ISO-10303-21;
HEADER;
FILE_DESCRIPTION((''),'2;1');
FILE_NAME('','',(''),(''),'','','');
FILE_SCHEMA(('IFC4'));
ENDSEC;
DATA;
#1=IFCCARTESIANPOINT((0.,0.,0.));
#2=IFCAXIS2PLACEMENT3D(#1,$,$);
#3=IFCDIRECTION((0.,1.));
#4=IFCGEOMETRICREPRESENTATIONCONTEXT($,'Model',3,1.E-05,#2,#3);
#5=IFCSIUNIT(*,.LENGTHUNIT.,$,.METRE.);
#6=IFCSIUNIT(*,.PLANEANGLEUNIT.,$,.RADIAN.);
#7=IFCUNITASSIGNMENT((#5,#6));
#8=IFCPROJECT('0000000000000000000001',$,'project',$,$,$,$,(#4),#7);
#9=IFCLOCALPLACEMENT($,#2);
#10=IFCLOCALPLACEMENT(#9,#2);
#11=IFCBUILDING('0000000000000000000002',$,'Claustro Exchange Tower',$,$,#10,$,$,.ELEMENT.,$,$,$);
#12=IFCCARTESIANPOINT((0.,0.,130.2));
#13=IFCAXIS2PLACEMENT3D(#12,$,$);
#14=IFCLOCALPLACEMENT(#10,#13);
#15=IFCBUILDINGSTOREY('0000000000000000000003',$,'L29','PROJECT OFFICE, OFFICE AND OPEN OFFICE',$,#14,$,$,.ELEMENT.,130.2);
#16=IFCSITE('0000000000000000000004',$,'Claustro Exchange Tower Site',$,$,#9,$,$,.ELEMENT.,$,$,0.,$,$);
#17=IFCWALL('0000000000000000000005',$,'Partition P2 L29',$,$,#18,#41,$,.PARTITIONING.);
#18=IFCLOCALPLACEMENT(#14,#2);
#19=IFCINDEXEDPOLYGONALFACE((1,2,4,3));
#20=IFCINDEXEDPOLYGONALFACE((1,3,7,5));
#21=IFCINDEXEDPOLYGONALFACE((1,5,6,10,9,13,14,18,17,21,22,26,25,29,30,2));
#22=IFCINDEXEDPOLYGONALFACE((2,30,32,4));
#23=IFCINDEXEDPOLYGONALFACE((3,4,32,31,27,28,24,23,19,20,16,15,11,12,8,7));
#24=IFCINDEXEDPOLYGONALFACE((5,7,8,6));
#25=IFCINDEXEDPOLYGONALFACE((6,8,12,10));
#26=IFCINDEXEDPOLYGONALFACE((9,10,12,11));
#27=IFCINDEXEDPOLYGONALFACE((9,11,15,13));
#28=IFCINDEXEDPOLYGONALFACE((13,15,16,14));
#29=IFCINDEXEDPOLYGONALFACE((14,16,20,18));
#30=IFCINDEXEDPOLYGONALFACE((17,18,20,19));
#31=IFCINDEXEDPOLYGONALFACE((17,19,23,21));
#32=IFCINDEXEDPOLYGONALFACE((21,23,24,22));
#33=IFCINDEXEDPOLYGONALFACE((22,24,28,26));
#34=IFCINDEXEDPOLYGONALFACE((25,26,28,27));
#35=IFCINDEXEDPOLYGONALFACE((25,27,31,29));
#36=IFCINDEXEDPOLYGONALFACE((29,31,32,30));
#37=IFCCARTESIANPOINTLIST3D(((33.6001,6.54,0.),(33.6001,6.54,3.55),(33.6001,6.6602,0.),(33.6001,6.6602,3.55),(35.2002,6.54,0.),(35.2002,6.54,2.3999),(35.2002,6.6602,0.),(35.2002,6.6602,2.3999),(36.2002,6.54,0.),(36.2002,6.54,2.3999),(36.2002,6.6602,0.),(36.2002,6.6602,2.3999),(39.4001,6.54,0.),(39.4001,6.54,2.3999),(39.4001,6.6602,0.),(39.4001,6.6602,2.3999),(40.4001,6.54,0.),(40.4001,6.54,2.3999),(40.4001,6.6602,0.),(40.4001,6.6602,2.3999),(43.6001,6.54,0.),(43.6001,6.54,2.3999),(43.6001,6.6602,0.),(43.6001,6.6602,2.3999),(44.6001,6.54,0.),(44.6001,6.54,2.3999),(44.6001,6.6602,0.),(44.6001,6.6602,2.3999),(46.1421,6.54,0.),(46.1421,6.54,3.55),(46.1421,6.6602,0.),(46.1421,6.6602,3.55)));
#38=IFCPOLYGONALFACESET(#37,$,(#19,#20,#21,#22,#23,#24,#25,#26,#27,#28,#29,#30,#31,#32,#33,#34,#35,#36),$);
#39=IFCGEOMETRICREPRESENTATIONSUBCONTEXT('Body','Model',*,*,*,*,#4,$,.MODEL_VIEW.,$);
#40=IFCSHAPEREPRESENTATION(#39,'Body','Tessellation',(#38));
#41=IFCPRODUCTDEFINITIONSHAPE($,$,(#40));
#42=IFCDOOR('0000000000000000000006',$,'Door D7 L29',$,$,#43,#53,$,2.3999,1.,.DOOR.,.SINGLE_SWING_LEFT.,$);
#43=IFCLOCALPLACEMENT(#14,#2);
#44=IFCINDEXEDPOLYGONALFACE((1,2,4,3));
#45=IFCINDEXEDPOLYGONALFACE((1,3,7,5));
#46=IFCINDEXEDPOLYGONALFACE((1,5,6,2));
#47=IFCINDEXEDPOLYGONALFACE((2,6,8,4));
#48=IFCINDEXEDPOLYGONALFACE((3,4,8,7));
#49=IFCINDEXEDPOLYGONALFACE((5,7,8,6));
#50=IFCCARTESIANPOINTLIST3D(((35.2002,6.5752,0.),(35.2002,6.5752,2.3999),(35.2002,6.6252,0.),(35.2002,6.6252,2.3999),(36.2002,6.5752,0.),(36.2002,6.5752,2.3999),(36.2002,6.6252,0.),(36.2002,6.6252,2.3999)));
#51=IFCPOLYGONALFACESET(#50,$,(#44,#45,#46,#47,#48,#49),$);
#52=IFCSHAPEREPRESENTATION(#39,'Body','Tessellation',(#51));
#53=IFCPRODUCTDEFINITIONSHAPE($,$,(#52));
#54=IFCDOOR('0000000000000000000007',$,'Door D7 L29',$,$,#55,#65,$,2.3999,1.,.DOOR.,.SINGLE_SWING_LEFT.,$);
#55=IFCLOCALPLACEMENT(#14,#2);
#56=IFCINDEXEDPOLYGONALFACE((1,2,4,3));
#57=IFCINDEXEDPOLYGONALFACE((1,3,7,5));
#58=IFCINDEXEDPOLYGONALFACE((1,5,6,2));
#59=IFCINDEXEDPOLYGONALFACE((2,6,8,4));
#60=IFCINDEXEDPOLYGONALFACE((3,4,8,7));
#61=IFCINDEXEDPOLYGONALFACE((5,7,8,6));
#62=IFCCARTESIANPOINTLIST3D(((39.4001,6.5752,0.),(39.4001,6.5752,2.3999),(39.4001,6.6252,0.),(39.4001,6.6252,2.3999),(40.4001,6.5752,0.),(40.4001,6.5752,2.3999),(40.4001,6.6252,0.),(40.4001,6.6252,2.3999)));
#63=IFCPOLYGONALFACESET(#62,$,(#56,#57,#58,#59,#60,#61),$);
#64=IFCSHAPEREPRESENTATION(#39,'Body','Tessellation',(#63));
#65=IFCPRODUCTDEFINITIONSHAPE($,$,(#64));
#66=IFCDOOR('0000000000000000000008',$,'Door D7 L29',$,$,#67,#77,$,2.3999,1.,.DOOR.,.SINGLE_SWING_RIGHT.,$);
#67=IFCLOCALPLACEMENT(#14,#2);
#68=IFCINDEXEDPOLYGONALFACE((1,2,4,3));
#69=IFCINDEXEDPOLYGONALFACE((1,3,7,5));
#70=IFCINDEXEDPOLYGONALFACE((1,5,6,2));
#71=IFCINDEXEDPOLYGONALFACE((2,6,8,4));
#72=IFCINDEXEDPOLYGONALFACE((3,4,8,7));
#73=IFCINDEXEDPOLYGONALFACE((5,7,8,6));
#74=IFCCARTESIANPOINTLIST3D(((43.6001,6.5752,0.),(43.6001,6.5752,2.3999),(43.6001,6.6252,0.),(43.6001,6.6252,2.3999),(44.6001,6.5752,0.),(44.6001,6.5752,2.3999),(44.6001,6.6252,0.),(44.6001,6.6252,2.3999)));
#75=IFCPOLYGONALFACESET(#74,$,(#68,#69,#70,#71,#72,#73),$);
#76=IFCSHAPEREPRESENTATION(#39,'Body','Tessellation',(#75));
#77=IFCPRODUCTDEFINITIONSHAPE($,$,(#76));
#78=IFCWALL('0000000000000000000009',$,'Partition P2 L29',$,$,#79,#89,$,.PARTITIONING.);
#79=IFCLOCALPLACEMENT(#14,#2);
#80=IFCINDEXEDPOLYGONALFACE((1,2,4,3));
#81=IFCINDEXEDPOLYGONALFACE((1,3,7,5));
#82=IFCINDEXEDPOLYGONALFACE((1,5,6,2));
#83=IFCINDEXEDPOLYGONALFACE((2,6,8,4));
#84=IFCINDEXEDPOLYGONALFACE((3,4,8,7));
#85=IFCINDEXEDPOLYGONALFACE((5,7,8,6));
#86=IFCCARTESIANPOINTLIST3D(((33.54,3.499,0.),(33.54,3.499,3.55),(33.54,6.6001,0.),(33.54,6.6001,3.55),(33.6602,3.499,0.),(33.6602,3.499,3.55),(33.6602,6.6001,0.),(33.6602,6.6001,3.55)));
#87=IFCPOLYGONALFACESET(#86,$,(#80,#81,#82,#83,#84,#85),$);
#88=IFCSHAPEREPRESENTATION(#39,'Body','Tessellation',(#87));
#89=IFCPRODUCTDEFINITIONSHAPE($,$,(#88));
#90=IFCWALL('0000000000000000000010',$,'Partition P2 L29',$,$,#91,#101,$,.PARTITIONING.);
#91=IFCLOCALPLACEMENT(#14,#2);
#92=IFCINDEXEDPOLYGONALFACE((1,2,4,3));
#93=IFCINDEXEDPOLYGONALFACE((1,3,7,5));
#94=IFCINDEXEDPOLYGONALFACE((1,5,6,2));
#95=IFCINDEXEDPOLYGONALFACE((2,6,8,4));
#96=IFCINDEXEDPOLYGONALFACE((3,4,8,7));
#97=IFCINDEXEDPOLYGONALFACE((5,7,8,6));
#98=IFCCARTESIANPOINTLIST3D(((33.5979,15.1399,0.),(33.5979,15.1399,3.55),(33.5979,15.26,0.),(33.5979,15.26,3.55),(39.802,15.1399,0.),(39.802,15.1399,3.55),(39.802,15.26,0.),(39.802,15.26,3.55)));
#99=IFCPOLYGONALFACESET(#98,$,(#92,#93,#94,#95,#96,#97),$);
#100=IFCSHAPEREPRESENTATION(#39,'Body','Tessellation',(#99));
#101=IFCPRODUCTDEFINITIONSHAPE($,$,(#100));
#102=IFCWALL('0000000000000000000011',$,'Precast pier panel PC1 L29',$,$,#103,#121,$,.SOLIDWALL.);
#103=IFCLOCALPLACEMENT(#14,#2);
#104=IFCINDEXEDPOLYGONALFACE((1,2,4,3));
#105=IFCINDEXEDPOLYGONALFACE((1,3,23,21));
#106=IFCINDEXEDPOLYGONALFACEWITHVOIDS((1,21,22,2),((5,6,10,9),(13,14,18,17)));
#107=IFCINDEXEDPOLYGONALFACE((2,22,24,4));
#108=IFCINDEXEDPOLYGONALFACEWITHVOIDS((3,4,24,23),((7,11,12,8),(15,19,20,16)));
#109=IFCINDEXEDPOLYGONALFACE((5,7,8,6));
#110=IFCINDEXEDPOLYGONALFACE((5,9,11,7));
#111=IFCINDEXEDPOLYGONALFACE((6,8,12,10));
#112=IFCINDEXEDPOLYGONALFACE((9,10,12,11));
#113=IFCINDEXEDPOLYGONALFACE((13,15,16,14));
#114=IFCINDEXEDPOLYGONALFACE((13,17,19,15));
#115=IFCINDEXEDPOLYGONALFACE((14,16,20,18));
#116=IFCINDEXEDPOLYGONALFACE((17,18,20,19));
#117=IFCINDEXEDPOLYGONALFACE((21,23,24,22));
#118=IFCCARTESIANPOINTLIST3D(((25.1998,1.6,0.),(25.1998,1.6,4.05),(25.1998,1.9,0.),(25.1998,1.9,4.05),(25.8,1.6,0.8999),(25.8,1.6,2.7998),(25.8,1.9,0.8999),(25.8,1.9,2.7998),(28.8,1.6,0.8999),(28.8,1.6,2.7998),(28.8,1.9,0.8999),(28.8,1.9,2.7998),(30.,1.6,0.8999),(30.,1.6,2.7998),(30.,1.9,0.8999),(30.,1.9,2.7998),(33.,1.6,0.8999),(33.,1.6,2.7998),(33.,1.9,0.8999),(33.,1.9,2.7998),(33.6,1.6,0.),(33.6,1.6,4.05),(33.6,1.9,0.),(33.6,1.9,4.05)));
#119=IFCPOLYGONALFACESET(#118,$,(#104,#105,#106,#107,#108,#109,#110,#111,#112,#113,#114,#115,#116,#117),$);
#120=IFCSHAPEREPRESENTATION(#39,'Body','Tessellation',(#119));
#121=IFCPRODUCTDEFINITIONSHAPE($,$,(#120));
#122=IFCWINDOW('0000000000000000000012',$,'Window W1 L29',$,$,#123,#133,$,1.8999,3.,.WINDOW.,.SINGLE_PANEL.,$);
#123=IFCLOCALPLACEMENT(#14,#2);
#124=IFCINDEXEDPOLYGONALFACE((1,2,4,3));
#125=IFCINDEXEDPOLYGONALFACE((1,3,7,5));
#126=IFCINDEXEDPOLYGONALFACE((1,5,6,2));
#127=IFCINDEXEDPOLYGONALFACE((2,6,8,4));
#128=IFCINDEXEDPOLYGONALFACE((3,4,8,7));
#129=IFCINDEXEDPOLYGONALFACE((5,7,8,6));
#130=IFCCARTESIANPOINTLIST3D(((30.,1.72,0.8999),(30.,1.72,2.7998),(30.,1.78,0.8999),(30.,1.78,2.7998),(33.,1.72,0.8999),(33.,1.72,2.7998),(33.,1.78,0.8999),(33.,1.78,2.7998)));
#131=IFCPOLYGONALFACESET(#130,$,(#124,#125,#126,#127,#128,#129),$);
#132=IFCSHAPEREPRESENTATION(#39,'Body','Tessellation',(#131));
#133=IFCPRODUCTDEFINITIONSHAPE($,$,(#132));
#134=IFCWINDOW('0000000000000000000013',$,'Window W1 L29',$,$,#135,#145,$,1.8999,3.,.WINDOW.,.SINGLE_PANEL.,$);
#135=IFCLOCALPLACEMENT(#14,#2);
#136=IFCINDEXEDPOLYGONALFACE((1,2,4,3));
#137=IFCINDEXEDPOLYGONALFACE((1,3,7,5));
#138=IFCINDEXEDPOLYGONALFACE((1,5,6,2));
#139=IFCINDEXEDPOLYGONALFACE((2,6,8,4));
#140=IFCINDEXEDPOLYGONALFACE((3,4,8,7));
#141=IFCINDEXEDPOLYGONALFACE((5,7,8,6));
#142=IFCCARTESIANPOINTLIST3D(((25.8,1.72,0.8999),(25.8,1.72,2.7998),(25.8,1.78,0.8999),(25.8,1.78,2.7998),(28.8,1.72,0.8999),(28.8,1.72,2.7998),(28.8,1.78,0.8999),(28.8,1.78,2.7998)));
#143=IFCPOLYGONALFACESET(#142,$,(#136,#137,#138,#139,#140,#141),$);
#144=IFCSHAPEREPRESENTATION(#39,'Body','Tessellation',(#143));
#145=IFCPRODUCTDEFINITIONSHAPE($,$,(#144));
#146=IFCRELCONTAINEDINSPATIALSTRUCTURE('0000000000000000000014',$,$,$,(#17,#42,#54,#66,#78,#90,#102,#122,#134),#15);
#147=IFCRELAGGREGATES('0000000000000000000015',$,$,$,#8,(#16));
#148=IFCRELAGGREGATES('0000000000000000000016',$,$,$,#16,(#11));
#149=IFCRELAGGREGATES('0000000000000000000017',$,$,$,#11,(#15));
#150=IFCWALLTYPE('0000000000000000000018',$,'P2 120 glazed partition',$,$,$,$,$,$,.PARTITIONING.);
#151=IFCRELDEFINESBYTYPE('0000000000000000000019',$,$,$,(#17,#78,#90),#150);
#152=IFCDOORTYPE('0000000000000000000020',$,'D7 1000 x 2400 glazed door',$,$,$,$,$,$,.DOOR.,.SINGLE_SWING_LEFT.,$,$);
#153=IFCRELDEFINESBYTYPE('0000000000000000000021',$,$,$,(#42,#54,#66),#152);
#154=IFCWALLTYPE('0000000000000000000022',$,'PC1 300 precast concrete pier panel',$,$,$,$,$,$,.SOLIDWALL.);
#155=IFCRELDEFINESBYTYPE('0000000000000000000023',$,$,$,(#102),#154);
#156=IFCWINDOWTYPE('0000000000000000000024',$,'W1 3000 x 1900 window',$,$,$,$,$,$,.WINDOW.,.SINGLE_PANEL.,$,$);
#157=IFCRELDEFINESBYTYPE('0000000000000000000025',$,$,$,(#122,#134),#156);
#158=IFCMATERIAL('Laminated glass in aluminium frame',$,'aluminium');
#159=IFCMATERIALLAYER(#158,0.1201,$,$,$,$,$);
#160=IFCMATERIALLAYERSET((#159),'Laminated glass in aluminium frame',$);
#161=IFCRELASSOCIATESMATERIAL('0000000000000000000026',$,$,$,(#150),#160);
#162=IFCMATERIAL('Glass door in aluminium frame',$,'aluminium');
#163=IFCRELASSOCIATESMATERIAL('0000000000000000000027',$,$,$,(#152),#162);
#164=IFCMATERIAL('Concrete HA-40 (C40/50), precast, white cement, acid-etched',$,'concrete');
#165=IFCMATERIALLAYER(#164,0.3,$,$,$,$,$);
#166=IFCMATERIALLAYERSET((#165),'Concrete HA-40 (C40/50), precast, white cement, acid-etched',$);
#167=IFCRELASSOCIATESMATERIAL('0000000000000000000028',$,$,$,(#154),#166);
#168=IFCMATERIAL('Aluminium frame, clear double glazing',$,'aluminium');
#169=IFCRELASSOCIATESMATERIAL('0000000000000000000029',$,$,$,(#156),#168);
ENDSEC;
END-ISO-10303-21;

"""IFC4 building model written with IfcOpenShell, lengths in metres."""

from ifc_helpers import new_model, si_unit, direction, frame, frame_2d, origin, place, context, subcontext, project, spatial, rectangle, extrude, material, layer, layer_set, type_object, element, fill, save


model = new_model("IFC4")

# Units and contexts
model_context = context("Model", 3, precision=1e-05, world=origin(), true_north=direction((0.0, 1.0)))
body_context = subcontext(model_context, "Body", "Model", "MODEL_VIEW")
ifc_project = project(units=[si_unit("LENGTHUNIT", "METRE"), si_unit("PLANEANGLEUNIT", "RADIAN")], contexts=[model_context])

# Site, building, storey
site_placement = place(None, origin())
site = spatial("IfcSite", under=ifc_project, at=site_placement, Name="Claustro Exchange Tower Site", CompositionType="ELEMENT", RefElevation=0.0)
building_placement = place(site_placement, origin())
building = spatial("IfcBuilding", under=site, at=building_placement, Name="Claustro Exchange Tower", CompositionType="ELEMENT")
storey_placement = place(building_placement, frame((0.0, 0.0, 130.2)))
storey = spatial("IfcBuildingStorey", under=building, at=storey_placement, Name="L29", Description="PROJECT OFFICE, OFFICE AND OPEN OFFICE", CompositionType="ELEMENT", Elevation=130.2)

# Shared definitions
ifc_material_1 = material(Name="Laminated glass in aluminium frame", Category="aluminium")
ifc_layer_1 = layer(ifc_material_1, 0.1201)
ifc_layer_set_1 = layer_set([ifc_layer_1], Name="Laminated glass in aluminium frame")
wall_type_1 = type_object("IfcWallType", Name="P2 120 glazed partition", PredefinedType="PARTITIONING", material=ifc_layer_set_1)
ifc_material_2 = material(Name="Glass door in aluminium frame", Category="aluminium")
door_type_1 = type_object("IfcDoorType", Name="D7 1000 x 2400 glazed door", OperationType="SINGLE_SWING_LEFT", PredefinedType="DOOR", material=ifc_material_2)

# Wall, openings, doors
wall_1_placement = place(storey_placement, frame((33.6001, 6.6001, 0.0), z_axis=(0.0, 0.0, 1.0), x_axis=(1.0, 0.0, 0.0)))
wall_1 = element("IfcWall", 1, at=wall_1_placement, inside=storey, type_object=wall_type_1, Name="Partition P2 L29", PredefinedType="PARTITIONING", context=body_context, shape_type="SweptSolid", body=[
    extrude(rectangle(XDim=12.542, YDim=0.1201, at=frame_2d((6.271, 0.0))), origin(), (0.0, 0.0, 1.0), 3.55),
])
opening_1_placement = place(wall_1_placement, frame((1.6001, 0.0, 0.0)))
opening_1 = element("IfcOpeningElement", 2, at=opening_1_placement, cuts=wall_1, PredefinedType="OPENING", context=body_context, shape_type="SweptSolid", body=[
    extrude(rectangle(XDim=1.0, YDim=2.3999, at=frame_2d((0.5, 1.2))), frame((0.0, 0.0701, 0.0), z_axis=(0.0, -1.0, 0.0), x_axis=(1.0, 0.0, 0.0)), (0.0, 0.0, 1.0), 0.1401),
])
opening_2_placement = place(wall_1_placement, frame((5.8, 0.0, 0.0)))
opening_2 = element("IfcOpeningElement", 3, at=opening_2_placement, cuts=wall_1, PredefinedType="OPENING", context=body_context, shape_type="SweptSolid", body=[
    extrude(rectangle(XDim=1.0, YDim=2.3999, at=frame_2d((0.5, 1.2))), frame((0.0, 0.0701, 0.0), z_axis=(0.0, -1.0, 0.0), x_axis=(1.0, 0.0, 0.0)), (0.0, 0.0, 1.0), 0.1401),
])
opening_3_placement = place(wall_1_placement, frame((10.0, 0.0, 0.0)))
opening_3 = element("IfcOpeningElement", 4, at=opening_3_placement, cuts=wall_1, PredefinedType="OPENING", context=body_context, shape_type="SweptSolid", body=[
    extrude(rectangle(XDim=1.0, YDim=2.3999, at=frame_2d((0.5, 1.2))), frame((0.0, 0.0701, 0.0), z_axis=(0.0, -1.0, 0.0), x_axis=(1.0, 0.0, 0.0)), (0.0, 0.0, 1.0), 0.1401),
])
door_1_placement = place(opening_1_placement, frame((1.0, 0.0, 0.0), z_axis=(0.0, 0.0, 1.0), x_axis=(-1.0, 0.0, 0.0)))
door_1 = element("IfcDoor", 5, at=door_1_placement, inside=storey, type_object=door_type_1, Name="Door D7 L29", OperationType="SINGLE_SWING_LEFT", OverallHeight=2.3999, OverallWidth=1.0, PredefinedType="DOOR", context=body_context, shape_type="SweptSolid", body=[
    extrude(rectangle(XDim=1.0, YDim=2.3999, at=frame_2d((0.5, 1.2))), frame((0.0, 0.0249, 0.0), z_axis=(0.0, -1.0, 0.0), x_axis=(1.0, 0.0, 0.0)), (0.0, 0.0, 1.0), 0.05),
])
fill(opening_1, door_1)
door_2_placement = place(opening_2_placement, frame((1.0, 0.0, 0.0), z_axis=(0.0, 0.0, 1.0), x_axis=(-1.0, 0.0, 0.0)))
door_2 = element("IfcDoor", 6, at=door_2_placement, inside=storey, type_object=door_type_1, Name="Door D7 L29", OperationType="SINGLE_SWING_LEFT", OverallHeight=2.3999, OverallWidth=1.0, PredefinedType="DOOR", context=body_context, shape_type="SweptSolid", body=[
    extrude(rectangle(XDim=1.0, YDim=2.3999, at=frame_2d((0.5, 1.2))), frame((0.0, 0.0249, 0.0), z_axis=(0.0, -1.0, 0.0), x_axis=(1.0, 0.0, 0.0)), (0.0, 0.0, 1.0), 0.05),
])
fill(opening_2, door_2)
door_3_placement = place(opening_3_placement, frame((1.0, 0.0, 0.0), z_axis=(0.0, 0.0, 1.0), x_axis=(-1.0, 0.0, 0.0)))
door_3 = element("IfcDoor", 7, at=door_3_placement, inside=storey, type_object=door_type_1, Name="Door D7 L29", OperationType="SINGLE_SWING_RIGHT", OverallHeight=2.3999, OverallWidth=1.0, PredefinedType="DOOR", context=body_context, shape_type="SweptSolid", body=[
    extrude(rectangle(XDim=1.0, YDim=2.3999, at=frame_2d((0.5, 1.2))), frame((0.0, 0.0249, 0.0), z_axis=(0.0, -1.0, 0.0), x_axis=(1.0, 0.0, 0.0)), (0.0, 0.0, 1.0), 0.05),
])
fill(opening_3, door_3)

# Walls
wall_2_placement = place(storey_placement, frame((33.6001, 3.499, 0.0), z_axis=(0.0, 0.0, 1.0), x_axis=(0.0, 1.0, 0.0)))
element("IfcWall", 8, at=wall_2_placement, inside=storey, type_object=wall_type_1, Name="Partition P2 L29", PredefinedType="PARTITIONING", context=body_context, shape_type="SweptSolid", body=[
    extrude(rectangle(XDim=3.1011, YDim=0.1201, at=frame_2d((1.5505, 0.0))), origin(), (0.0, 0.0, 1.0), 3.55),
])
wall_3_placement = place(storey_placement, frame((33.5979, 15.2, 0.0), z_axis=(0.0, 0.0, 1.0), x_axis=(1.0, 0.0, 0.0)))
element("IfcWall", 9, at=wall_3_placement, inside=storey, type_object=wall_type_1, Name="Partition P2 L29", PredefinedType="PARTITIONING", context=body_context, shape_type="SweptSolid", body=[
    extrude(rectangle(XDim=6.2041, YDim=0.1201, at=frame_2d((3.1021, 0.0))), origin(), (0.0, 0.0, 1.0), 3.55),
])

# Wall, openings, windows
ifc_material_3 = material(Name="Concrete HA-40 (C40/50), precast, white cement, acid-etched", Category="concrete")
ifc_layer_2 = layer(ifc_material_3, 0.3)
ifc_layer_set_2 = layer_set([ifc_layer_2], Name="Concrete HA-40 (C40/50), precast, white cement, acid-etched")
wall_type_2 = type_object("IfcWallType", Name="PC1 300 precast concrete pier panel", PredefinedType="SOLIDWALL", material=ifc_layer_set_2)
wall_4_placement = place(storey_placement, frame((33.6001, 1.75, 0.0), z_axis=(0.0, 0.0, 1.0), x_axis=(-1.0, 0.0, 0.0)))
wall_4 = element("IfcWall", 10, at=wall_4_placement, inside=storey, type_object=wall_type_2, Name="Precast pier panel PC1 L29", PredefinedType="SOLIDWALL", context=body_context, shape_type="SweptSolid", body=[
    extrude(rectangle(XDim=8.4001, YDim=0.3, at=frame_2d((4.2002, 0.0))), origin(), (0.0, 0.0, 1.0), 4.05),
])
opening_4_placement = place(wall_4_placement, frame((0.6001, 0.0, 0.8999)))
opening_4 = element("IfcOpeningElement", 11, at=opening_4_placement, cuts=wall_4, PredefinedType="OPENING", context=body_context, shape_type="SweptSolid", body=[
    extrude(rectangle(XDim=3.0, YDim=1.8999, at=frame_2d((1.5, 0.95))), frame((0.0, 0.1599, 0.0), z_axis=(0.0, -1.0, 0.0), x_axis=(1.0, 0.0, 0.0)), (0.0, 0.0, 1.0), 0.3201),
])
opening_5_placement = place(wall_4_placement, frame((4.8, 0.0, 0.8999)))
opening_5 = element("IfcOpeningElement", 12, at=opening_5_placement, cuts=wall_4, PredefinedType="OPENING", context=body_context, shape_type="SweptSolid", body=[
    extrude(rectangle(XDim=3.0, YDim=1.8999, at=frame_2d((1.5, 0.95))), frame((0.0, 0.1599, 0.0), z_axis=(0.0, -1.0, 0.0), x_axis=(1.0, 0.0, 0.0)), (0.0, 0.0, 1.0), 0.3201),
])
ifc_material_4 = material(Name="Aluminium frame, clear double glazing", Category="aluminium")
window_type_1 = type_object("IfcWindowType", Name="W1 3000 x 1900 window", PartitioningType="SINGLE_PANEL", PredefinedType="WINDOW", material=ifc_material_4)
window_1_placement = place(opening_4_placement, origin())
window_1 = element("IfcWindow", 13, at=window_1_placement, inside=storey, type_object=window_type_1, Name="Window W1 L29", OverallHeight=1.8999, OverallWidth=3.0, PartitioningType="SINGLE_PANEL", PredefinedType="WINDOW", context=body_context, shape_type="SweptSolid", body=[
    extrude(rectangle(XDim=3.0, YDim=1.8999, at=frame_2d((1.5, 0.95))), frame((0.0, 0.03, 0.0), z_axis=(0.0, -1.0, 0.0), x_axis=(1.0, 0.0, 0.0)), (0.0, 0.0, 1.0), 0.0601),
])
fill(opening_4, window_1)
window_2_placement = place(opening_5_placement, origin())
window_2 = element("IfcWindow", 14, at=window_2_placement, inside=storey, type_object=window_type_1, Name="Window W1 L29", OverallHeight=1.8999, OverallWidth=3.0, PartitioningType="SINGLE_PANEL", PredefinedType="WINDOW", context=body_context, shape_type="SweptSolid", body=[
    extrude(rectangle(XDim=3.0, YDim=1.8999, at=frame_2d((1.5, 0.95))), frame((0.0, 0.03, 0.0), z_axis=(0.0, -1.0, 0.0), x_axis=(1.0, 0.0, 0.0)), (0.0, 0.0, 1.0), 0.0601),
])
fill(opening_5, window_2)

save(model, "model.ifc")
